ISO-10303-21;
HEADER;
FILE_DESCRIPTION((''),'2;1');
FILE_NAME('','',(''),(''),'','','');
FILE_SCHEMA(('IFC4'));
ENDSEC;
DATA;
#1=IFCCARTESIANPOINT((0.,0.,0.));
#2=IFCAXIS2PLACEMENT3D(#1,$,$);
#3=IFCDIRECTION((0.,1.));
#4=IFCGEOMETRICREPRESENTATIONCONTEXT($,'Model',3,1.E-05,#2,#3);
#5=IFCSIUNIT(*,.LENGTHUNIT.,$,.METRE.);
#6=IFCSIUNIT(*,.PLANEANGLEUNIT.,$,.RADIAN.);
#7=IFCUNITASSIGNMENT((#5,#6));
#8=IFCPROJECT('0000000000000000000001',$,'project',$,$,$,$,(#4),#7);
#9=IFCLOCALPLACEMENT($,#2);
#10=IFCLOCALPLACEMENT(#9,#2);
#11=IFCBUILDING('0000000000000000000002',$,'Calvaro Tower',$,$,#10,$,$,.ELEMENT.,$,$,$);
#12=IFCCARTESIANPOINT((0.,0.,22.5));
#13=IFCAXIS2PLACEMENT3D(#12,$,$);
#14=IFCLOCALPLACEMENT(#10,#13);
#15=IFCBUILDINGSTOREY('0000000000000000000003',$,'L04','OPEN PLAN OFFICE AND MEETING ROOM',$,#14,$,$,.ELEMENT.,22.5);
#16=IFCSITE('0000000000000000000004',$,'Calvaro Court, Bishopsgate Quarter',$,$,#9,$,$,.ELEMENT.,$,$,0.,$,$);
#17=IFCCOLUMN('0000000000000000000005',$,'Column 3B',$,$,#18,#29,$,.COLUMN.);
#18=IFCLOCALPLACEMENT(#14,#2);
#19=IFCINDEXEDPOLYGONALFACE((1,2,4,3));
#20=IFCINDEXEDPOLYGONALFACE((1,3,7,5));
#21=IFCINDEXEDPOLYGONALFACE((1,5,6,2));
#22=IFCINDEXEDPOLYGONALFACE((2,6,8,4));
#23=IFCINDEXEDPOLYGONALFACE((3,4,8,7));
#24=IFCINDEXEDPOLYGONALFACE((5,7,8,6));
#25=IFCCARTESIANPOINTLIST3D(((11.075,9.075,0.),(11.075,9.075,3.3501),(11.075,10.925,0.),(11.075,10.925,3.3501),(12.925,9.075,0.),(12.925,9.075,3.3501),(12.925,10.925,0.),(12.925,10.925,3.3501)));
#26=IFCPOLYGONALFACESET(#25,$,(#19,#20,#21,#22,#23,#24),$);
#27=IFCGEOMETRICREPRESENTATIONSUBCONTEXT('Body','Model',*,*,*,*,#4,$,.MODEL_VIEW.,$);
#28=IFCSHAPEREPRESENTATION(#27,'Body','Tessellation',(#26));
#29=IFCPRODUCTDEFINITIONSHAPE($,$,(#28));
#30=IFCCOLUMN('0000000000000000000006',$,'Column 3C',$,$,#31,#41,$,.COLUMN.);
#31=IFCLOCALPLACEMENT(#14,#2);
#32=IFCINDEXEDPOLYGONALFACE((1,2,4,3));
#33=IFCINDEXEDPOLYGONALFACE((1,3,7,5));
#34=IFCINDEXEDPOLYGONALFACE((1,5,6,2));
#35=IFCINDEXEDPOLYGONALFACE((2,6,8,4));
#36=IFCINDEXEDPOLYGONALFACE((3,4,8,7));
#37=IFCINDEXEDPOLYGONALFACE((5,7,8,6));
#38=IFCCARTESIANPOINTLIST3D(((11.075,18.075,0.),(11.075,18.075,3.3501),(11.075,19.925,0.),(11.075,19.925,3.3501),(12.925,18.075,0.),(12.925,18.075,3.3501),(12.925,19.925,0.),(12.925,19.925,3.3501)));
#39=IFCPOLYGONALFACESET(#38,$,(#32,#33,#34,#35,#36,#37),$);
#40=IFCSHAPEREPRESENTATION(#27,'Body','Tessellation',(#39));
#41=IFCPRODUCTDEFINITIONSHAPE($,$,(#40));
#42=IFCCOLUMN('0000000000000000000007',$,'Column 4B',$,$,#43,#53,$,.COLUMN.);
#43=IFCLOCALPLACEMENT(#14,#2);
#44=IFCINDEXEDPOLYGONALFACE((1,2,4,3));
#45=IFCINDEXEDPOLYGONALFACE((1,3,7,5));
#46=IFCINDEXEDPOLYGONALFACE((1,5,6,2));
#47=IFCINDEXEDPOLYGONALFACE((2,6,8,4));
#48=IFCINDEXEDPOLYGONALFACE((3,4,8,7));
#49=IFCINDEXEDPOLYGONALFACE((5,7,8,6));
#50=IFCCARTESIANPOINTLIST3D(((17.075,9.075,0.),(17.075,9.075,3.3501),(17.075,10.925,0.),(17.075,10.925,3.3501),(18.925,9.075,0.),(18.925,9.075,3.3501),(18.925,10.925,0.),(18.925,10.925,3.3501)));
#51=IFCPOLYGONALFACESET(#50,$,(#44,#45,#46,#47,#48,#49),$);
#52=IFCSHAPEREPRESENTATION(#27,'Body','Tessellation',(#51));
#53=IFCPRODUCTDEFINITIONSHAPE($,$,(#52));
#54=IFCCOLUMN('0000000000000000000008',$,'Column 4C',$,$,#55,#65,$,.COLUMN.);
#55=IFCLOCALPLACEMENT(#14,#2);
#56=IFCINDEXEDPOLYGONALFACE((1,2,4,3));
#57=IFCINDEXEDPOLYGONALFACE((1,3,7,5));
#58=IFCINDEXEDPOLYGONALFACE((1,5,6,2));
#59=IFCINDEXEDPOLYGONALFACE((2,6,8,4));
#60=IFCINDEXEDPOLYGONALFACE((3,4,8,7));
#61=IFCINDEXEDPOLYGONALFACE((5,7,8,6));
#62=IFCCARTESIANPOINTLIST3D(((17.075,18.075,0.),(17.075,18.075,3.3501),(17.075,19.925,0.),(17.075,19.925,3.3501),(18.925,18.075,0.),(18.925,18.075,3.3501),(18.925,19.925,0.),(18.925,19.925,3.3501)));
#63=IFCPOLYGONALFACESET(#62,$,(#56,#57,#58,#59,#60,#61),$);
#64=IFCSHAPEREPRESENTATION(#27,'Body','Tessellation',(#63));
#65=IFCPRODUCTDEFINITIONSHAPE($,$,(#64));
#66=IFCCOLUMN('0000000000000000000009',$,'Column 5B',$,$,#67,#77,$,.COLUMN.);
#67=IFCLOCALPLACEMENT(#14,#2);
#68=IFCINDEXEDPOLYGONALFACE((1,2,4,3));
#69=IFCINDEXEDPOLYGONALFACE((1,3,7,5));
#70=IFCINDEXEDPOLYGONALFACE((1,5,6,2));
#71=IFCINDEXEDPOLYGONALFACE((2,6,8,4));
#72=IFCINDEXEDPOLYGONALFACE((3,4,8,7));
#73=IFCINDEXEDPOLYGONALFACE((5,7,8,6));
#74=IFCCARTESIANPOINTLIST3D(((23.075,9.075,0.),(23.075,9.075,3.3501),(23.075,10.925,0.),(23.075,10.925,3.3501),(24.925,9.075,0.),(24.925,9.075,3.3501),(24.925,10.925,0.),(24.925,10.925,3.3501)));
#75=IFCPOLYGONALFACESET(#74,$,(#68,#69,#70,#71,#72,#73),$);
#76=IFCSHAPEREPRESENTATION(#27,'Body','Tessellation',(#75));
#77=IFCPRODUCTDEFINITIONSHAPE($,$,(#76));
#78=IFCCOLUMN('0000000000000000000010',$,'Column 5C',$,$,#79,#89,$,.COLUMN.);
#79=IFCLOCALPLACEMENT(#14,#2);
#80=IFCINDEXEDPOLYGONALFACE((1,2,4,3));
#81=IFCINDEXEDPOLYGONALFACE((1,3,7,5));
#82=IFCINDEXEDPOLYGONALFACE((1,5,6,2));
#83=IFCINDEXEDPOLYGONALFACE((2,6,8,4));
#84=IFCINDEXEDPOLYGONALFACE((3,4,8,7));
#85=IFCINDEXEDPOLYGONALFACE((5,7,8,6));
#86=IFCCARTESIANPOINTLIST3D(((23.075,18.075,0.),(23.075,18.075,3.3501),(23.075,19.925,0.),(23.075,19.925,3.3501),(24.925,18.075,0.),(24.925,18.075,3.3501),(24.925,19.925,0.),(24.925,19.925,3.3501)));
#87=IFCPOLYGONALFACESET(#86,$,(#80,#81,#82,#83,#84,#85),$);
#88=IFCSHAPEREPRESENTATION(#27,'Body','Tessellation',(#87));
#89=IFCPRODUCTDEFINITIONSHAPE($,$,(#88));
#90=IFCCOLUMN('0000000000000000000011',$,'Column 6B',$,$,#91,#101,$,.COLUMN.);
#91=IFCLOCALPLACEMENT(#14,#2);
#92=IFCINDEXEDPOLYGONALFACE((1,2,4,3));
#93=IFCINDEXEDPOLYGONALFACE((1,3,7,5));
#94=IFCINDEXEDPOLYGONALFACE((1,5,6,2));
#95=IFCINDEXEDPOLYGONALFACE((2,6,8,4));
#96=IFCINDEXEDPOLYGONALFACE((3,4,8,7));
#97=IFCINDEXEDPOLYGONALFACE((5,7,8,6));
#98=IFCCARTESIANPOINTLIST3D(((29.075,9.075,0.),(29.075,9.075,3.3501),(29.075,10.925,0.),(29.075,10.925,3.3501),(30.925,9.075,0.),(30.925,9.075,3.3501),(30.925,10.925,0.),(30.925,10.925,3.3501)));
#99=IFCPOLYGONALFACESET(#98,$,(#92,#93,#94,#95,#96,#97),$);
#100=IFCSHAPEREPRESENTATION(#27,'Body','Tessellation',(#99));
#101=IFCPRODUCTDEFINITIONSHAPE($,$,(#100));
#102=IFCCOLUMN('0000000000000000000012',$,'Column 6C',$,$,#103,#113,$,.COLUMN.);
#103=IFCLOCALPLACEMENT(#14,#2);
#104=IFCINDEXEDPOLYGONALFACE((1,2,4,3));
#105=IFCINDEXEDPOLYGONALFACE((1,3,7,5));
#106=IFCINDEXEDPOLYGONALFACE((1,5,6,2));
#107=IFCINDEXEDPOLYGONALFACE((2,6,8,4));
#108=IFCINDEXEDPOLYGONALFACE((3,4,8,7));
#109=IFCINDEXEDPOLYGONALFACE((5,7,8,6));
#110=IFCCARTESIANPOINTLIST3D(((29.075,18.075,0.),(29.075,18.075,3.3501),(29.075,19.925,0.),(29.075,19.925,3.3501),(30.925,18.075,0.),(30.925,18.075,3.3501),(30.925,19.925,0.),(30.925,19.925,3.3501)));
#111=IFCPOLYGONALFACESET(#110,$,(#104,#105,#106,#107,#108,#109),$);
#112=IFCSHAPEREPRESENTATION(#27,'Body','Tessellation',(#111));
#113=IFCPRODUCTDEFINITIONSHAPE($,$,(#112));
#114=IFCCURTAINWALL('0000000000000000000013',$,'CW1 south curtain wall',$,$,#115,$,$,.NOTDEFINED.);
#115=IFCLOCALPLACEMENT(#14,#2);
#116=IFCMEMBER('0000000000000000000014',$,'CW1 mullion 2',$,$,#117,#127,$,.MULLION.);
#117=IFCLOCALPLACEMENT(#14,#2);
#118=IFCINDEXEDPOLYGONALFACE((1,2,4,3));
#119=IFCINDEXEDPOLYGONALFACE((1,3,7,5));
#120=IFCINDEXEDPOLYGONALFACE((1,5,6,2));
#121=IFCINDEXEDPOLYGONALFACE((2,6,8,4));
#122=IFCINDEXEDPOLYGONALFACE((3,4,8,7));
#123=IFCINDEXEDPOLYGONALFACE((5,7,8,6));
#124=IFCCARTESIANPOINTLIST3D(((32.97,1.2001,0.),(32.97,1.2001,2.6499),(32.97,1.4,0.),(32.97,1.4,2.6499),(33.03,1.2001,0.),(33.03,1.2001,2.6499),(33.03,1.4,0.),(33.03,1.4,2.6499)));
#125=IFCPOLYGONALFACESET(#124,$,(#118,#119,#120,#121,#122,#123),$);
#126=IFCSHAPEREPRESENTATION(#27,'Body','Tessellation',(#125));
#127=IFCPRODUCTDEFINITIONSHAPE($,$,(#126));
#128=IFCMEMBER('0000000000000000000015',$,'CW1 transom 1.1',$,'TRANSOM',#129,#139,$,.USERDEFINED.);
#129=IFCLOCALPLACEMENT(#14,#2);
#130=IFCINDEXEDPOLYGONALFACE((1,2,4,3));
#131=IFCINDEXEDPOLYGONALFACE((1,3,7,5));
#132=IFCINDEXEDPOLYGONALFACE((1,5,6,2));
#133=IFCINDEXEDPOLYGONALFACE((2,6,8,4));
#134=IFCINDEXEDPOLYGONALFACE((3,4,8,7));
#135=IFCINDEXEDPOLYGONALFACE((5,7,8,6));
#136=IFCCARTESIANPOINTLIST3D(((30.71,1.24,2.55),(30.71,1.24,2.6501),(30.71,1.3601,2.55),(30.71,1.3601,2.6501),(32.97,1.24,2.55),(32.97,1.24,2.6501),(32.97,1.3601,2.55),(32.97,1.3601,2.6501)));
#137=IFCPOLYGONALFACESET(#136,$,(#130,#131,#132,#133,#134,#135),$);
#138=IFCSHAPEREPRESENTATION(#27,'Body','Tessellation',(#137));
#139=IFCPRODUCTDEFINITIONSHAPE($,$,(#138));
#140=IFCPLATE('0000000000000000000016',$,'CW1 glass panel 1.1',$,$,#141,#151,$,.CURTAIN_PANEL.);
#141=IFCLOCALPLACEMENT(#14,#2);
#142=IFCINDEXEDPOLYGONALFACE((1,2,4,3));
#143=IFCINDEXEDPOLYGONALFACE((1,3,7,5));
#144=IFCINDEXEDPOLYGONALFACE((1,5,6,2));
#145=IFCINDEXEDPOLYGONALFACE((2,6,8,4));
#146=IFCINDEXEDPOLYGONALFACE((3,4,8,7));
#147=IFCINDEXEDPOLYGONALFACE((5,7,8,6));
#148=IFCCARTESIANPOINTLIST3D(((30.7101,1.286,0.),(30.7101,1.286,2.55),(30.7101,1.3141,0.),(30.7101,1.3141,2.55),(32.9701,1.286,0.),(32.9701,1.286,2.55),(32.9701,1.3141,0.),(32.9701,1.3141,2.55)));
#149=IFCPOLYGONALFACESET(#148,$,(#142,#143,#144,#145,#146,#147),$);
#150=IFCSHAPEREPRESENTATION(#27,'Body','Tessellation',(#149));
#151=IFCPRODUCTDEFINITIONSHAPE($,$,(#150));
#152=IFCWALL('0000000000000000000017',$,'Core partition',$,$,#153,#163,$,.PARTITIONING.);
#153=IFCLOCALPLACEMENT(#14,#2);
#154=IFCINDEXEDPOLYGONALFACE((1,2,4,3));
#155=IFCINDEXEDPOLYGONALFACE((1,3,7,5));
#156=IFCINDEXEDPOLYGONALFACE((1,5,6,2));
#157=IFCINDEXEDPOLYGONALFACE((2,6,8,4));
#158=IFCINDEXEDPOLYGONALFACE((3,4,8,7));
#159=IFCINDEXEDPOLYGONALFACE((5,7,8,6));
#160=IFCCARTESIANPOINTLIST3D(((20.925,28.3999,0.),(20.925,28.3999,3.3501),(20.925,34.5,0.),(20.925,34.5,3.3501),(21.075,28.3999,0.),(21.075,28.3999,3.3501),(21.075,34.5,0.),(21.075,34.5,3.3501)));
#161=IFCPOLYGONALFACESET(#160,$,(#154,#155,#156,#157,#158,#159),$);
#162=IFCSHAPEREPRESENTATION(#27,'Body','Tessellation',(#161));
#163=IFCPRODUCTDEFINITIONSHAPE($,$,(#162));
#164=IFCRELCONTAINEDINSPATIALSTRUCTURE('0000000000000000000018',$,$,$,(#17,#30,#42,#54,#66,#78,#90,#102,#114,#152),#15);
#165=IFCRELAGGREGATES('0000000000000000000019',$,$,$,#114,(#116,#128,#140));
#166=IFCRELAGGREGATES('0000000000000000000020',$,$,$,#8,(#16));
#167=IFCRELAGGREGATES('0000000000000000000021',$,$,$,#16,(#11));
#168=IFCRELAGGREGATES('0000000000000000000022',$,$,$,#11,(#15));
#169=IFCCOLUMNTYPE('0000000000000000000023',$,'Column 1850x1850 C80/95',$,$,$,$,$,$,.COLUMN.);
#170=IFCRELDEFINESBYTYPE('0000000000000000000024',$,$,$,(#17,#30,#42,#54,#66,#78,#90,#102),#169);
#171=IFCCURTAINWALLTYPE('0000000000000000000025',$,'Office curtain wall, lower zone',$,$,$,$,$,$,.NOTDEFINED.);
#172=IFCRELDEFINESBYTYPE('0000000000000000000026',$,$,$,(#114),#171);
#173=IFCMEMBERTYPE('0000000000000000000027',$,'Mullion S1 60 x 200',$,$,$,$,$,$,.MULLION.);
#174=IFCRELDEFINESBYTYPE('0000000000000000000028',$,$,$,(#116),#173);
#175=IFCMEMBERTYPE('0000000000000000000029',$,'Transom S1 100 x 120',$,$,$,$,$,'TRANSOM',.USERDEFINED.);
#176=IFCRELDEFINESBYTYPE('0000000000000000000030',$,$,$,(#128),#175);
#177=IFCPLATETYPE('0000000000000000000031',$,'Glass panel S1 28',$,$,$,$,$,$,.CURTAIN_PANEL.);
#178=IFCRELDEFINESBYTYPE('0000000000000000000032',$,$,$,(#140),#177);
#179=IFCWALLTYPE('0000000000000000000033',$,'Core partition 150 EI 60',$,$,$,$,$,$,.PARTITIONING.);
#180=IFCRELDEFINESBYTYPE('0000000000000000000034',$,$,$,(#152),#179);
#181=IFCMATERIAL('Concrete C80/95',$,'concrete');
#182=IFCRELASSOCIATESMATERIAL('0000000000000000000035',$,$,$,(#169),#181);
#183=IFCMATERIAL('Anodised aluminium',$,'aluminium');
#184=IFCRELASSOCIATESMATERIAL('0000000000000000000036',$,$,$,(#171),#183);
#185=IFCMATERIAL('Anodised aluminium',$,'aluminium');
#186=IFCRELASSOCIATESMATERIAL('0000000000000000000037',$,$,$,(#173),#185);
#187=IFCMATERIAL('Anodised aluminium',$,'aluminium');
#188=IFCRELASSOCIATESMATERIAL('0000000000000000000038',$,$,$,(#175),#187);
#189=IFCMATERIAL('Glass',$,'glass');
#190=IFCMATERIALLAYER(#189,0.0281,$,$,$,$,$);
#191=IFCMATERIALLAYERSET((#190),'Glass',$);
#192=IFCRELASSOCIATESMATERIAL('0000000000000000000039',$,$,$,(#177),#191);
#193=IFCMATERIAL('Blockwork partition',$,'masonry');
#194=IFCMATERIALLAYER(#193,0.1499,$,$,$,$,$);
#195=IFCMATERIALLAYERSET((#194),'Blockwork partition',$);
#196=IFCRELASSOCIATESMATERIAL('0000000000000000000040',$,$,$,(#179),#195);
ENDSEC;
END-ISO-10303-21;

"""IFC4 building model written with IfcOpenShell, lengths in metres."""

from ifc_helpers import new_model, si_unit, direction, frame, frame_2d, origin, origin_2d, place, context, subcontext, project, spatial, rectangle, extrude, material, layer, layer_set, material_profile, profile_set, type_object, element, aggregate, save


model = new_model("IFC4")

# Units and contexts
model_context = context("Model", 3, precision=1e-05, world=origin(), true_north=direction((0.0, 1.0)))
body_context = subcontext(model_context, "Body", "Model", "MODEL_VIEW")
ifc_project = project(units=[si_unit("LENGTHUNIT", "METRE"), si_unit("PLANEANGLEUNIT", "RADIAN")], contexts=[model_context])

# Site, building, storey
site_placement = place(None, origin())
site = spatial("IfcSite", under=ifc_project, at=site_placement, Name="Calvaro Court, Bishopsgate Quarter", CompositionType="ELEMENT", RefElevation=0.0)
building_placement = place(site_placement, origin())
building = spatial("IfcBuilding", under=site, at=building_placement, Name="Calvaro Tower", CompositionType="ELEMENT")
storey_placement = place(building_placement, frame((0.0, 0.0, 22.5)))
storey = spatial("IfcBuildingStorey", under=building, at=storey_placement, Name="L04", Description="OPEN PLAN OFFICE AND MEETING ROOM", CompositionType="ELEMENT", Elevation=22.5)

# Columns
ifc_material_1 = material(Name="Concrete C80/95", Category="concrete")
ifc_material_profile_1 = material_profile(ifc_material_1, rectangle(XDim=1.8501, YDim=1.8501, at=origin_2d()), Name="RC 1850x1850")
ifc_profile_set_1 = profile_set([ifc_material_profile_1], Name="Concrete C80/95")
column_type = type_object("IfcColumnType", Name="Column 1850x1850 C80/95", PredefinedType="COLUMN", material=ifc_profile_set_1)
for number, where, z_axis, x_axis, name in (
    (1, (12.0, 10.0, 0.0), (0.0, 0.0, 1.0), (1.0, 0.0, 0.0), "Column 3B"),
    (2, (12.0, 19.0, 0.0), (0.0, 0.0, 1.0), (1.0, 0.0, 0.0), "Column 3C"),
    (3, (18.0, 10.0, 0.0), (0.0, 0.0, 1.0), (1.0, 0.0, 0.0), "Column 4B"),
    (4, (18.0, 19.0, 0.0), (0.0, 0.0, 1.0), (1.0, 0.0, 0.0), "Column 4C"),
    (5, (24.0, 10.0, 0.0), (0.0, 0.0, 1.0), (1.0, 0.0, 0.0), "Column 5B"),
    (6, (24.0, 19.0, 0.0), (0.0, 0.0, 1.0), (1.0, 0.0, 0.0), "Column 5C"),
    (7, (30.0, 10.0, 0.0), (0.0, 0.0, 1.0), (1.0, 0.0, 0.0), "Column 6B"),
    (8, (30.0, 19.0, 0.0), (0.0, 0.0, 1.0), (1.0, 0.0, 0.0), "Column 6C"),
):
    element("IfcColumn", number, at=place(storey_placement, frame(where, z_axis=z_axis, x_axis=x_axis)), inside=storey, type_object=column_type, Name=name, PredefinedType="COLUMN", context=body_context, shape_type="SweptSolid", body=[
        extrude(rectangle(XDim=1.8501, YDim=1.8501, at=origin_2d()), origin(), (0.0, 0.0, 1.0), 3.3501),
    ])

# Curtain wall, members, plate
ifc_material_2 = material(Name="Anodised aluminium", Category="aluminium")
curtain_wall_type = type_object("IfcCurtainWallType", Name="Office curtain wall, lower zone", PredefinedType="NOTDEFINED", material=ifc_material_2)
curtain_wall_placement = place(storey_placement, origin())
curtain_wall = element("IfcCurtainWall", 9, at=curtain_wall_placement, inside=storey, type_object=curtain_wall_type, Name="CW1 south curtain wall", PredefinedType="NOTDEFINED")
ifc_material_3 = material(Name="Anodised aluminium", Category="aluminium")
ifc_material_profile_2 = material_profile(ifc_material_3, rectangle(XDim=0.2, YDim=0.0601, at=origin_2d()), Name="Mullion S1 60 x 200")
ifc_profile_set_2 = profile_set([ifc_material_profile_2], Name="Anodised aluminium")
member_type_1 = type_object("IfcMemberType", Name="Mullion S1 60 x 200", PredefinedType="MULLION", material=ifc_profile_set_2)
member_1_placement = place(storey_placement, frame((33.0, 1.3, 0.0), z_axis=(0.0, 0.0, 1.0), x_axis=(0.0, 1.0, 0.0)))
member_1 = element("IfcMember", 10, at=member_1_placement, type_object=member_type_1, Name="CW1 mullion 2", PredefinedType="MULLION", context=body_context, shape_type="SweptSolid", body=[
    extrude(rectangle(XDim=0.2, YDim=0.0601, at=origin_2d()), origin(), (0.0, 0.0, 1.0), 2.6499),
])
ifc_material_4 = material(Name="Anodised aluminium", Category="aluminium")
ifc_material_profile_3 = material_profile(ifc_material_4, rectangle(XDim=0.1201, YDim=0.1001, at=origin_2d()), Name="Transom S1 100 x 120")
ifc_profile_set_3 = profile_set([ifc_material_profile_3], Name="Anodised aluminium")
member_type_2 = type_object("IfcMemberType", Name="Transom S1 100 x 120", ElementType="TRANSOM", PredefinedType="USERDEFINED", material=ifc_profile_set_3)
member_2_placement = place(storey_placement, frame((30.71, 1.3, 2.6001), z_axis=(1.0, 0.0, 0.0), x_axis=(0.0, 1.0, 0.0)))
member_2 = element("IfcMember", 11, at=member_2_placement, type_object=member_type_2, Name="CW1 transom 1.1", ObjectType="TRANSOM", PredefinedType="USERDEFINED", context=body_context, shape_type="SweptSolid", body=[
    extrude(rectangle(XDim=0.1201, YDim=0.1001, at=origin_2d()), origin(), (0.0, 0.0, 1.0), 2.26),
])
ifc_material_5 = material(Name="Glass", Category="glass")
ifc_layer_1 = layer(ifc_material_5, 0.0281)
ifc_layer_set_1 = layer_set([ifc_layer_1], Name="Glass")
plate_type = type_object("IfcPlateType", Name="Glass panel S1 28", PredefinedType="CURTAIN_PANEL", material=ifc_layer_set_1)
plate_placement = place(storey_placement, frame((31.8401, 1.3, 0.0), z_axis=(0.0, 0.0, 1.0), x_axis=(1.0, 0.0, 0.0)))
plate = element("IfcPlate", 12, at=plate_placement, type_object=plate_type, Name="CW1 glass panel 1.1", PredefinedType="CURTAIN_PANEL", context=body_context, shape_type="SweptSolid", body=[
    extrude(rectangle(XDim=2.26, YDim=0.0281, at=origin_2d()), origin(), (0.0, 0.0, 1.0), 2.55),
])
aggregate(curtain_wall, [member_1, member_2, plate])

# Wall
ifc_material_6 = material(Name="Blockwork partition", Category="masonry")
ifc_layer_2 = layer(ifc_material_6, 0.1499)
ifc_layer_set_2 = layer_set([ifc_layer_2], Name="Blockwork partition")
wall_type_1 = type_object("IfcWallType", Name="Core partition 150 EI 60", PredefinedType="PARTITIONING", material=ifc_layer_set_2)
wall_1_placement = place(storey_placement, frame((21.0, 28.3999, 0.0), z_axis=(0.0, 0.0, 1.0), x_axis=(0.0, 1.0, 0.0)))
element("IfcWall", 13, at=wall_1_placement, inside=storey, type_object=wall_type_1, Name="Core partition", PredefinedType="PARTITIONING", context=body_context, shape_type="SweptSolid", body=[
    extrude(rectangle(XDim=6.1001, YDim=0.1499, at=frame_2d((3.05, 0.0))), origin(), (0.0, 0.0, 1.0), 3.3501),
])

save(model, "model.ifc")
